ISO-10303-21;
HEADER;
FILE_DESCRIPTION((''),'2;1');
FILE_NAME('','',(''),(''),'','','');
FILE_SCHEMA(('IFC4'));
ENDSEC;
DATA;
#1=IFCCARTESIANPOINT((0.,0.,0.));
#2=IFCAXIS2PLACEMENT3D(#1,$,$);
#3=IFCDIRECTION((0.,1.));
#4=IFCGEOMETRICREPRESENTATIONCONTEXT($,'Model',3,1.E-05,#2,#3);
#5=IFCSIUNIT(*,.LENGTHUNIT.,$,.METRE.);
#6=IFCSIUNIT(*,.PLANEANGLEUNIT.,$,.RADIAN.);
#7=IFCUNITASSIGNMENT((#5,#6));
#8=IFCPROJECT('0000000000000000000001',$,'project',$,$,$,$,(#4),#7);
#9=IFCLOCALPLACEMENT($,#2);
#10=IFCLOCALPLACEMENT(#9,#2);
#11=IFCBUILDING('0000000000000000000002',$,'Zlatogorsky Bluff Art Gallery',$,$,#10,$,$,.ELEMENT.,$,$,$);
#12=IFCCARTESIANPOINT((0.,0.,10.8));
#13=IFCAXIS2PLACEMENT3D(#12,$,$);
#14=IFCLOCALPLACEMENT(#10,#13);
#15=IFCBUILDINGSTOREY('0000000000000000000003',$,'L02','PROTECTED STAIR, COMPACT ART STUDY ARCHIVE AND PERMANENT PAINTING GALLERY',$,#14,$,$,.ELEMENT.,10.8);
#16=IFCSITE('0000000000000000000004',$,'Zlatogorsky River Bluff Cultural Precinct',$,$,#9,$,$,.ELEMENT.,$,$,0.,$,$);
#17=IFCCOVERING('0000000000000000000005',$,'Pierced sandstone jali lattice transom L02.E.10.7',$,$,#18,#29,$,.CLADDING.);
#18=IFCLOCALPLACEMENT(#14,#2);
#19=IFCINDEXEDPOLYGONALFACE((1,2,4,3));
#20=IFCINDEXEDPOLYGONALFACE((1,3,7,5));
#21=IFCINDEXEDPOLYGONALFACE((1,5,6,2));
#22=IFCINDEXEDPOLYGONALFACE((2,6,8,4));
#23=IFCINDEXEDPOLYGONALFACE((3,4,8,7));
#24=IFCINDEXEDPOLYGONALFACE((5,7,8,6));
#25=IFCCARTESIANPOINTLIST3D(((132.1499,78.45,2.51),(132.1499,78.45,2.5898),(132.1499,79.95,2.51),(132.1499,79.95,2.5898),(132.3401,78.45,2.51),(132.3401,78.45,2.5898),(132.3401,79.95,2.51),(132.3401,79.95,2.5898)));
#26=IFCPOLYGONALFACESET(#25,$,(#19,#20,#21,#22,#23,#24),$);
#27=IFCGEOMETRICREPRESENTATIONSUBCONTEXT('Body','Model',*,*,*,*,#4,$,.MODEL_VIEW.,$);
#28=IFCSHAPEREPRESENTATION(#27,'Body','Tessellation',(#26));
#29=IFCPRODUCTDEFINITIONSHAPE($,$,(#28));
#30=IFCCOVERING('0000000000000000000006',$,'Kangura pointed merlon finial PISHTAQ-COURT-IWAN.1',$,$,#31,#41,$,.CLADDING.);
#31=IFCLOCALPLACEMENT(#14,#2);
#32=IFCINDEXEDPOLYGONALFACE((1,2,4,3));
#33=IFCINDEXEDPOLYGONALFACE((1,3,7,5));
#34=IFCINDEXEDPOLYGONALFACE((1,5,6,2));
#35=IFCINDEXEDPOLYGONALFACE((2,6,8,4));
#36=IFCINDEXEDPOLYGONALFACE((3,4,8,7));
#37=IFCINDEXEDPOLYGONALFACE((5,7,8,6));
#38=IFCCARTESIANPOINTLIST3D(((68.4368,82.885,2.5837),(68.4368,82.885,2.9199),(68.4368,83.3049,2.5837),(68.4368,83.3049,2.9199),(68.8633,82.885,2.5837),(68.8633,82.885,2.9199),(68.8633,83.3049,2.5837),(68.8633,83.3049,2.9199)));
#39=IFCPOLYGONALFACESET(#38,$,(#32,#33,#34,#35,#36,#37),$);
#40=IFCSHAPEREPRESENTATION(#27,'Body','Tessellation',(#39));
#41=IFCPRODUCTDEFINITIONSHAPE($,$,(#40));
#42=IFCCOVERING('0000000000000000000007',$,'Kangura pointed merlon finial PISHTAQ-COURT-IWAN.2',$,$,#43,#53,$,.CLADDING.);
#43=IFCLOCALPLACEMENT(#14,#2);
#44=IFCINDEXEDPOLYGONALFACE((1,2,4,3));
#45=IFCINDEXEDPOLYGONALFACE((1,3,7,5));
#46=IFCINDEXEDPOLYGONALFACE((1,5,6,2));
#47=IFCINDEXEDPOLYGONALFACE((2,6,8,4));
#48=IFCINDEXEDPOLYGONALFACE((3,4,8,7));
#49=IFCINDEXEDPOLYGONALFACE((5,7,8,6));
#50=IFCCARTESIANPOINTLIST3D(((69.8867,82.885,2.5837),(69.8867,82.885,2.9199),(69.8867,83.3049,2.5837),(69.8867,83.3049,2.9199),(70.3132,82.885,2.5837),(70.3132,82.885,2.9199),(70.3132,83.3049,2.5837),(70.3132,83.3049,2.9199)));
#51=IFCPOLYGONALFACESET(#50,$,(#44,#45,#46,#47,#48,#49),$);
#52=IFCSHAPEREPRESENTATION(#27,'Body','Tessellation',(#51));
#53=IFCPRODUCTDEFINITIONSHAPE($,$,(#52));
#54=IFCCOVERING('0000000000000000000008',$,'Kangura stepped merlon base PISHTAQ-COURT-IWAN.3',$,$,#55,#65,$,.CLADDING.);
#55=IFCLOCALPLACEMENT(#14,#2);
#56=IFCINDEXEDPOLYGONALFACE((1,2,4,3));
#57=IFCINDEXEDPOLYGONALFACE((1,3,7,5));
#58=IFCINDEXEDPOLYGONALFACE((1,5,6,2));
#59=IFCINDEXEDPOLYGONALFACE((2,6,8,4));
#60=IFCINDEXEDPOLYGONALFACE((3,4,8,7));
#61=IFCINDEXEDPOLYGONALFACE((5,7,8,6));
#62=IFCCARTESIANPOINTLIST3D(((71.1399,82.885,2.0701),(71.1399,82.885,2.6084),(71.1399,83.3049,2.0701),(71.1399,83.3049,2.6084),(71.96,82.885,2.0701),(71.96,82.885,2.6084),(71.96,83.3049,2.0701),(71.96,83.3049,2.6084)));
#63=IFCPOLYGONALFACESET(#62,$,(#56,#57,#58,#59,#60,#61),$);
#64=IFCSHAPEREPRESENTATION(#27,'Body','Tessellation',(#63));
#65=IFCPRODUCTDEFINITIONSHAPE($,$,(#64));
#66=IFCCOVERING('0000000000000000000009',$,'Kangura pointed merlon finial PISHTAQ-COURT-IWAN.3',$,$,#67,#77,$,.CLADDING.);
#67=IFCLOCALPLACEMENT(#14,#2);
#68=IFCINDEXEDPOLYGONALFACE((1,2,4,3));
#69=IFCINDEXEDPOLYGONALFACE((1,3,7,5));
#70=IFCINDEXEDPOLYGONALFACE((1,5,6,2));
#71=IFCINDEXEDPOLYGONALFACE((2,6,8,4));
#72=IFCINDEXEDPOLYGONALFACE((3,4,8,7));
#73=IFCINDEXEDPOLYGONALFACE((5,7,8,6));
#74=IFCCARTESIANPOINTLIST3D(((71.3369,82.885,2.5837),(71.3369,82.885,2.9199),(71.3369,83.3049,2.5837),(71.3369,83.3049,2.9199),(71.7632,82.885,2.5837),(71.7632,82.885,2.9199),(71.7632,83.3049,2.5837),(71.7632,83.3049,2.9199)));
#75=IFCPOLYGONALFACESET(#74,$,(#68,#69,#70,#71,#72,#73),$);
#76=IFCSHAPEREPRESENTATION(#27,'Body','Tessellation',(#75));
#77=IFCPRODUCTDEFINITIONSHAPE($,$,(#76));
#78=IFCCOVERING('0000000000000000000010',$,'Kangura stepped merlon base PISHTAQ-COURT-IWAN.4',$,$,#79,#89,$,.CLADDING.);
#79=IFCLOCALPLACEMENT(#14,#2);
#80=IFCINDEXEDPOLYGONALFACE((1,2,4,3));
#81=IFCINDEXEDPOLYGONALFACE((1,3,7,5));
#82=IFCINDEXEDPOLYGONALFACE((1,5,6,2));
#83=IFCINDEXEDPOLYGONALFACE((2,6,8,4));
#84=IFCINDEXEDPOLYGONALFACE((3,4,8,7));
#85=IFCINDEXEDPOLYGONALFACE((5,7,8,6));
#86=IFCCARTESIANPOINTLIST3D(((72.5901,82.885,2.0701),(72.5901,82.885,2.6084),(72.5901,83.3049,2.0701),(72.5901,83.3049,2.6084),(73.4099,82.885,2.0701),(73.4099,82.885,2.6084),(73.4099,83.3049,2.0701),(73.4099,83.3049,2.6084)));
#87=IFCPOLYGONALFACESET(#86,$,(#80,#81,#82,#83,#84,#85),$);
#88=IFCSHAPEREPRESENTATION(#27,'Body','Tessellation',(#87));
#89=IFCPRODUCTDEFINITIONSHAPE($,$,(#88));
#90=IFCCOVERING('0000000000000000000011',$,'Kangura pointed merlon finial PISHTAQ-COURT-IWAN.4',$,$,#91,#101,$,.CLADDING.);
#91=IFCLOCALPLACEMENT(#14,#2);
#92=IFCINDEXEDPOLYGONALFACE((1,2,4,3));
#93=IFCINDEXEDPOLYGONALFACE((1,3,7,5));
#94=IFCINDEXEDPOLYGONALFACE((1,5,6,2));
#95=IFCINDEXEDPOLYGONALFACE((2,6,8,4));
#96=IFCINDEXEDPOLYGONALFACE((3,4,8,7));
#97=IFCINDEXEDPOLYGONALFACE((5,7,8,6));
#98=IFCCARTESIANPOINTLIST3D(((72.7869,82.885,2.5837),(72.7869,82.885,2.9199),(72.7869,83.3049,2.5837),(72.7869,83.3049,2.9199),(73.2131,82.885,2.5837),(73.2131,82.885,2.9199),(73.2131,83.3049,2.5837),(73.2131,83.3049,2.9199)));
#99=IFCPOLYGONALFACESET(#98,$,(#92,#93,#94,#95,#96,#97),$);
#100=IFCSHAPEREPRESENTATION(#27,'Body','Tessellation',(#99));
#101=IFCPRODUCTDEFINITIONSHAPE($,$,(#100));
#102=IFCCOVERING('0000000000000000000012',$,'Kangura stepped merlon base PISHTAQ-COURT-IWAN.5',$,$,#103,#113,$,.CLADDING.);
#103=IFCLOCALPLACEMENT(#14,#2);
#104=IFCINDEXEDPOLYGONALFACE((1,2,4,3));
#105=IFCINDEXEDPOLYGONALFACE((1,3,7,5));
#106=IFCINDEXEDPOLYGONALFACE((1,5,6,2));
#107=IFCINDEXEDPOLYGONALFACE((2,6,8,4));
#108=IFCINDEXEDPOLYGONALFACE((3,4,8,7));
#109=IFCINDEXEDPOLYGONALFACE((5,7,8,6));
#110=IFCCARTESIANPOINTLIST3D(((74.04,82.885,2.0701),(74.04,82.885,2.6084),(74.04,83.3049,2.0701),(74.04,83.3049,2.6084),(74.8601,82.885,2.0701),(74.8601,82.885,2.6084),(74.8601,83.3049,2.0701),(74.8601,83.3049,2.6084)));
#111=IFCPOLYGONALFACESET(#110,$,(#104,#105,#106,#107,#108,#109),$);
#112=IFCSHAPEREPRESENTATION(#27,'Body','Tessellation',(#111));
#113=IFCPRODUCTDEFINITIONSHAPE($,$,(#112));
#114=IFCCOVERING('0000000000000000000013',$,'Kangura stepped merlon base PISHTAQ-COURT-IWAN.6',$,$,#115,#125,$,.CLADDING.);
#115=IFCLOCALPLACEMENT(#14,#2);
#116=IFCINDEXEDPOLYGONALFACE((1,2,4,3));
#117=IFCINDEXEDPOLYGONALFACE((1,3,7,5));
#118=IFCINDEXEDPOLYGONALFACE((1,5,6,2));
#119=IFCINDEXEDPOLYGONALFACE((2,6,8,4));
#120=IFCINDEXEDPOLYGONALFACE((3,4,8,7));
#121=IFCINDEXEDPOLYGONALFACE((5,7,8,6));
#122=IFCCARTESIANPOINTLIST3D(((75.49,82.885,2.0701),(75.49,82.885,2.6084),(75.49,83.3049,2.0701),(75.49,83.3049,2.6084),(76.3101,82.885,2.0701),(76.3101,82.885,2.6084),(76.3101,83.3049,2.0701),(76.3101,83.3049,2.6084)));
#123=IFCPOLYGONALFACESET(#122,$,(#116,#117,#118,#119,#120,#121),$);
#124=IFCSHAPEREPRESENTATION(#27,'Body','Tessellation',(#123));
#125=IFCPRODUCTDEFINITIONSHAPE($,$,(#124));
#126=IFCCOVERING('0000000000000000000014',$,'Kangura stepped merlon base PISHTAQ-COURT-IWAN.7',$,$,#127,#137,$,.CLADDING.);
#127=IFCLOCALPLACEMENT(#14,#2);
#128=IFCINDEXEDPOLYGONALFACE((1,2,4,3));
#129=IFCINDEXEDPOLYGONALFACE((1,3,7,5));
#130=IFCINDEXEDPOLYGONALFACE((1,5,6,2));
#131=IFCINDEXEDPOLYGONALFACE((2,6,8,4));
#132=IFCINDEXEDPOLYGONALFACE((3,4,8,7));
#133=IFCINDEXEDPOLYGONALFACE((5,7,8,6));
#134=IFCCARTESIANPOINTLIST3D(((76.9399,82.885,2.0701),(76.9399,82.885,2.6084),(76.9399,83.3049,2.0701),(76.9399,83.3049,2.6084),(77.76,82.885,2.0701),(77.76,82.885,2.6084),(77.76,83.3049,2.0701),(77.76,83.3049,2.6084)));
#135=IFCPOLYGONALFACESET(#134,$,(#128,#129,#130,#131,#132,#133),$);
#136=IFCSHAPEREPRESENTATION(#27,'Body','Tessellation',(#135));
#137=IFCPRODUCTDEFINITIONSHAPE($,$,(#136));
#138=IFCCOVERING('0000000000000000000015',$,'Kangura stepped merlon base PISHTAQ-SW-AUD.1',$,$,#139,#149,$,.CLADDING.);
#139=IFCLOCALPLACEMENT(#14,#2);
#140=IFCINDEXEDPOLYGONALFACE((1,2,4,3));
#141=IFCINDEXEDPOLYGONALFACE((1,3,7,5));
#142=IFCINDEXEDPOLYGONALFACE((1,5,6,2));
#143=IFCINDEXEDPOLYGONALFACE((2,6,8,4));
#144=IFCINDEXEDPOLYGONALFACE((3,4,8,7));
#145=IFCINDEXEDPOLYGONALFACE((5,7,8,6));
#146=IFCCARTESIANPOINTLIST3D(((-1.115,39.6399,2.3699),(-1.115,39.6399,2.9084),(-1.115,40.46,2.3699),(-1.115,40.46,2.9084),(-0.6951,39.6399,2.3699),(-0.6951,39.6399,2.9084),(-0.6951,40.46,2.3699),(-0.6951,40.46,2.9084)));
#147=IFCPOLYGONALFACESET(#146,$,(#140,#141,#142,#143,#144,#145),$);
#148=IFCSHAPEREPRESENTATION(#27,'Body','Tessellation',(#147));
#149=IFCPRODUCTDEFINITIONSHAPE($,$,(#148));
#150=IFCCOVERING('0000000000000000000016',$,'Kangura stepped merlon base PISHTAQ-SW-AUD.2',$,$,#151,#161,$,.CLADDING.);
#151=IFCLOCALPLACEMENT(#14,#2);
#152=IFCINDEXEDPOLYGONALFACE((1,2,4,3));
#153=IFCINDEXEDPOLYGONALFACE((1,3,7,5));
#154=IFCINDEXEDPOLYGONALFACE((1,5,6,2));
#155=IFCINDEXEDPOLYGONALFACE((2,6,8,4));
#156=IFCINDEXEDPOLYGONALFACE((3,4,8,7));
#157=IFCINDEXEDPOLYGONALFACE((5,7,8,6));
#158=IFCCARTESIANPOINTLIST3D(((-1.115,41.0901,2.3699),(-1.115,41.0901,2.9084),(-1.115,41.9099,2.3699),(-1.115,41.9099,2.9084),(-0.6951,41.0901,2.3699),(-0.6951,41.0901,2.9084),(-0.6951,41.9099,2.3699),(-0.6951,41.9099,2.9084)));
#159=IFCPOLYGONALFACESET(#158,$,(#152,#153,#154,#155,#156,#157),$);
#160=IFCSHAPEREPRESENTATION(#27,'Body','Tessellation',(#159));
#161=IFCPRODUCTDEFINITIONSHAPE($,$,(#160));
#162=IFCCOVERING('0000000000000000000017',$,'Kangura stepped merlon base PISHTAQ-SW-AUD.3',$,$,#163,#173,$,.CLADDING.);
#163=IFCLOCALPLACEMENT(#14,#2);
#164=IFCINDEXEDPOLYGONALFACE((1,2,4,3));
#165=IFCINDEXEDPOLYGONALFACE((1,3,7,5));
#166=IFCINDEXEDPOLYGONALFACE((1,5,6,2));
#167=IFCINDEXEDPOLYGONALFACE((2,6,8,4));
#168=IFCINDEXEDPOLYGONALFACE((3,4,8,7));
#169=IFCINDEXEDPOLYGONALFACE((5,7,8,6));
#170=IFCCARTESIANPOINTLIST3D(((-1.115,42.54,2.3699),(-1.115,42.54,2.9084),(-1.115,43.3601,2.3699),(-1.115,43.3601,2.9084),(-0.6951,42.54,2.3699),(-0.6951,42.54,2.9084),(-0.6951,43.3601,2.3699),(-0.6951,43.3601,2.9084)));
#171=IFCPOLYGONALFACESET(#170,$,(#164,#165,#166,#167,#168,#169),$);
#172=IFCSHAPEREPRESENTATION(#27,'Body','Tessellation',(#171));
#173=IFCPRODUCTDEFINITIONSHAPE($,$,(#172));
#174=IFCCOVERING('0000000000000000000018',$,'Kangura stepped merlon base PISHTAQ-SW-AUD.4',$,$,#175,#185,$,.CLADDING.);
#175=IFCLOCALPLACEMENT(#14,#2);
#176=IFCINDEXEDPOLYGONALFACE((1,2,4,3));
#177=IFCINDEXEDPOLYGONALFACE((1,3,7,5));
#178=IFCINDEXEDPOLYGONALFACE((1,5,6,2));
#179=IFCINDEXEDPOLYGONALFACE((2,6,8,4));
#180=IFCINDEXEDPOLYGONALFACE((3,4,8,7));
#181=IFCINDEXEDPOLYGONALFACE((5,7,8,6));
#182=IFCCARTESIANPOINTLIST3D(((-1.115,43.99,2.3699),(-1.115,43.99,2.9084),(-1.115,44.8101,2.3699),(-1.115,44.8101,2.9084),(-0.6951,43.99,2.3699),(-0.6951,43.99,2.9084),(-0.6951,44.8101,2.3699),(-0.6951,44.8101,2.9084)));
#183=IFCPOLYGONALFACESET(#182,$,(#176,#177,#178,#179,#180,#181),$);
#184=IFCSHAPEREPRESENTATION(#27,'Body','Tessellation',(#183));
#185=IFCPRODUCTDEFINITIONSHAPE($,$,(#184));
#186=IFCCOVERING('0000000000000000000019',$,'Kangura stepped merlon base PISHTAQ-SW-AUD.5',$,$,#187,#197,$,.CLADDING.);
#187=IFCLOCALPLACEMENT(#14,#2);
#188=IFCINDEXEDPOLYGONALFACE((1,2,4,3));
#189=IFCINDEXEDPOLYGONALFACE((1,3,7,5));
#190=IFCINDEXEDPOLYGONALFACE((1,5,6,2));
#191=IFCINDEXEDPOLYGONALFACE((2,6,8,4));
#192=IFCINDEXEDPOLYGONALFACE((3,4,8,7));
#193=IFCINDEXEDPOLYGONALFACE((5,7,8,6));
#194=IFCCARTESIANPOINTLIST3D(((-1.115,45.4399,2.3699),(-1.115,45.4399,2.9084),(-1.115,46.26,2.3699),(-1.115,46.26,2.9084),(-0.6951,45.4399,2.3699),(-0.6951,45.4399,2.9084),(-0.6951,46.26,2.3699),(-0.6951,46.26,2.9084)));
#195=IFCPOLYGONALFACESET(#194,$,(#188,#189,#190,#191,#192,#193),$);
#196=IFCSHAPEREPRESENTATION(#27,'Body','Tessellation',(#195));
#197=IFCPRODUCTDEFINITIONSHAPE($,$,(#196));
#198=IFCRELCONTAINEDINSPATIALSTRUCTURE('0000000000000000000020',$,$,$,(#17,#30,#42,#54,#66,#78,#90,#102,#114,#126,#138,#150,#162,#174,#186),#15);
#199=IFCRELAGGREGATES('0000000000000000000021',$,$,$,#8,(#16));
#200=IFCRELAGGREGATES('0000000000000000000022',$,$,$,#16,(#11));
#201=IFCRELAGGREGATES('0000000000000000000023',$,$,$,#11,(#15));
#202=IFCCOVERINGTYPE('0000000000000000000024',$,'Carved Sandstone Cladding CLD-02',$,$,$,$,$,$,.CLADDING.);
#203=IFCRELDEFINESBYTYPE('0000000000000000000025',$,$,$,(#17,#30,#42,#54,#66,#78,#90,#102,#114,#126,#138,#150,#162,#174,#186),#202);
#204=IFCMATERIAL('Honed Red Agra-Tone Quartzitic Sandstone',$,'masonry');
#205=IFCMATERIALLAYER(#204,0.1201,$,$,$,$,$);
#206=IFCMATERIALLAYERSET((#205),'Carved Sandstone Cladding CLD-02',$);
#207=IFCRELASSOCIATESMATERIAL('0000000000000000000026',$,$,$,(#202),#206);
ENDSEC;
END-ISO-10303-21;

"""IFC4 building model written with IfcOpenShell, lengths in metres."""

from ifc_helpers import new_model, si_unit, direction, frame, origin, place, context, subcontext, project, spatial, polyline, outline, extrude, material, layer, layer_set, type_object, element, save


model = new_model("IFC4")

# Units and contexts
model_context = context("Model", 3, precision=1e-05, world=origin(), true_north=direction((0.0, 1.0)))
body_context = subcontext(model_context, "Body", "Model", "MODEL_VIEW")
ifc_project = project(units=[si_unit("LENGTHUNIT", "METRE"), si_unit("PLANEANGLEUNIT", "RADIAN")], contexts=[model_context])

# Site, building, storey
site_placement = place(None, origin())
site = spatial("IfcSite", under=ifc_project, at=site_placement, Name="Zlatogorsky River Bluff Cultural Precinct", CompositionType="ELEMENT", RefElevation=0.0)
building_placement = place(site_placement, origin())
building = spatial("IfcBuilding", under=site, at=building_placement, Name="Zlatogorsky Bluff Art Gallery", CompositionType="ELEMENT")
storey_placement = place(building_placement, frame((0.0, 0.0, 10.8)))
storey = spatial("IfcBuildingStorey", under=building, at=storey_placement, Name="L02", Description="PROTECTED STAIR, COMPACT ART STUDY ARCHIVE AND PERMANENT PAINTING GALLERY", CompositionType="ELEMENT", Elevation=10.8)

# Coverings
ifc_material = material(Name="Honed Red Agra-Tone Quartzitic Sandstone", Category="masonry")
ifc_layer = layer(ifc_material, 0.1201)
ifc_layer_set = layer_set([ifc_layer], Name="Carved Sandstone Cladding CLD-02")
covering_type = type_object("IfcCoveringType", Name="Carved Sandstone Cladding CLD-02", PredefinedType="CLADDING", material=ifc_layer_set)
covering_1_placement = place(storey_placement, frame((0.0, 0.0, 2.51)))
element("IfcCovering", 1, at=covering_1_placement, inside=storey, type_object=covering_type, Name="Pierced sandstone jali lattice transom L02.E.10.7", PredefinedType="CLADDING", context=body_context, shape_type="SweptSolid", body=[
    extrude(outline(polyline([(132.1499, 78.45), (132.1499, 79.95), (132.3401, 79.95), (132.3401, 78.45), (132.1499, 78.45)])), origin(), (0.0, 0.0, 1.0), 0.0798),
])
covering_2_placement = place(storey_placement, frame((0.0, 0.0, 2.5837)))
element("IfcCovering", 2, at=covering_2_placement, inside=storey, type_object=covering_type, Name="Kangura pointed merlon finial PISHTAQ-COURT-IWAN.1", PredefinedType="CLADDING", context=body_context, shape_type="SweptSolid", body=[
    extrude(outline(polyline([(68.4368, 82.885), (68.8633, 82.885), (68.8633, 83.3049), (68.4368, 83.3049), (68.4368, 82.885)])), origin(), (0.0, 0.0, 1.0), 0.3362),
])
covering_3_placement = place(storey_placement, frame((0.0, 0.0, 2.5837)))
element("IfcCovering", 3, at=covering_3_placement, inside=storey, type_object=covering_type, Name="Kangura pointed merlon finial PISHTAQ-COURT-IWAN.2", PredefinedType="CLADDING", context=body_context, shape_type="SweptSolid", body=[
    extrude(outline(polyline([(69.8867, 82.885), (70.3132, 82.885), (70.3132, 83.3049), (69.8867, 83.3049), (69.8867, 82.885)])), origin(), (0.0, 0.0, 1.0), 0.3362),
])
covering_4_placement = place(storey_placement, frame((0.0, 0.0, 2.0701)))
element("IfcCovering", 4, at=covering_4_placement, inside=storey, type_object=covering_type, Name="Kangura stepped merlon base PISHTAQ-COURT-IWAN.3", PredefinedType="CLADDING", context=body_context, shape_type="SweptSolid", body=[
    extrude(outline(polyline([(71.1399, 82.885), (71.96, 82.885), (71.96, 83.3049), (71.1399, 83.3049), (71.1399, 82.885)])), origin(), (0.0, 0.0, 1.0), 0.5383),
])
covering_5_placement = place(storey_placement, frame((0.0, 0.0, 2.5837)))
element("IfcCovering", 5, at=covering_5_placement, inside=storey, type_object=covering_type, Name="Kangura pointed merlon finial PISHTAQ-COURT-IWAN.3", PredefinedType="CLADDING", context=body_context, shape_type="SweptSolid", body=[
    extrude(outline(polyline([(71.3369, 82.885), (71.7632, 82.885), (71.7632, 83.3049), (71.3369, 83.3049), (71.3369, 82.885)])), origin(), (0.0, 0.0, 1.0), 0.3362),
])
covering_6_placement = place(storey_placement, frame((0.0, 0.0, 2.0701)))
element("IfcCovering", 6, at=covering_6_placement, inside=storey, type_object=covering_type, Name="Kangura stepped merlon base PISHTAQ-COURT-IWAN.4", PredefinedType="CLADDING", context=body_context, shape_type="SweptSolid", body=[
    extrude(outline(polyline([(72.5901, 82.885), (73.4099, 82.885), (73.4099, 83.3049), (72.5901, 83.3049), (72.5901, 82.885)])), origin(), (0.0, 0.0, 1.0), 0.5383),
])
covering_7_placement = place(storey_placement, frame((0.0, 0.0, 2.5837)))
element("IfcCovering", 7, at=covering_7_placement, inside=storey, type_object=covering_type, Name="Kangura pointed merlon finial PISHTAQ-COURT-IWAN.4", PredefinedType="CLADDING", context=body_context, shape_type="SweptSolid", body=[
    extrude(outline(polyline([(72.7869, 82.885), (73.2131, 82.885), (73.2131, 83.3049), (72.7869, 83.3049), (72.7869, 82.885)])), origin(), (0.0, 0.0, 1.0), 0.3362),
])
covering_8_placement = place(storey_placement, frame((0.0, 0.0, 2.0701)))
element("IfcCovering", 8, at=covering_8_placement, inside=storey, type_object=covering_type, Name="Kangura stepped merlon base PISHTAQ-COURT-IWAN.5", PredefinedType="CLADDING", context=body_context, shape_type="SweptSolid", body=[
    extrude(outline(polyline([(74.04, 82.885), (74.8601, 82.885), (74.8601, 83.3049), (74.04, 83.3049), (74.04, 82.885)])), origin(), (0.0, 0.0, 1.0), 0.5383),
])
covering_9_placement = place(storey_placement, frame((0.0, 0.0, 2.0701)))
element("IfcCovering", 9, at=covering_9_placement, inside=storey, type_object=covering_type, Name="Kangura stepped merlon base PISHTAQ-COURT-IWAN.6", PredefinedType="CLADDING", context=body_context, shape_type="SweptSolid", body=[
    extrude(outline(polyline([(75.49, 82.885), (76.3101, 82.885), (76.3101, 83.3049), (75.49, 83.3049), (75.49, 82.885)])), origin(), (0.0, 0.0, 1.0), 0.5383),
])
covering_10_placement = place(storey_placement, frame((0.0, 0.0, 2.0701)))
element("IfcCovering", 10, at=covering_10_placement, inside=storey, type_object=covering_type, Name="Kangura stepped merlon base PISHTAQ-COURT-IWAN.7", PredefinedType="CLADDING", context=body_context, shape_type="SweptSolid", body=[
    extrude(outline(polyline([(76.9399, 82.885), (77.76, 82.885), (77.76, 83.3049), (76.9399, 83.3049), (76.9399, 82.885)])), origin(), (0.0, 0.0, 1.0), 0.5383),
])
covering_11_placement = place(storey_placement, frame((0.0, 0.0, 2.3699)))
element("IfcCovering", 11, at=covering_11_placement, inside=storey, type_object=covering_type, Name="Kangura stepped merlon base PISHTAQ-SW-AUD.1", PredefinedType="CLADDING", context=body_context, shape_type="SweptSolid", body=[
    extrude(outline(polyline([(-1.115, 39.6399), (-1.115, 40.46), (-0.6951, 40.46), (-0.6951, 39.6399), (-1.115, 39.6399)])), origin(), (0.0, 0.0, 1.0), 0.5386),
])
covering_12_placement = place(storey_placement, frame((0.0, 0.0, 2.3699)))
element("IfcCovering", 12, at=covering_12_placement, inside=storey, type_object=covering_type, Name="Kangura stepped merlon base PISHTAQ-SW-AUD.2", PredefinedType="CLADDING", context=body_context, shape_type="SweptSolid", body=[
    extrude(outline(polyline([(-1.115, 41.0901), (-1.115, 41.9099), (-0.6951, 41.9099), (-0.6951, 41.0901), (-1.115, 41.0901)])), origin(), (0.0, 0.0, 1.0), 0.5386),
])
covering_13_placement = place(storey_placement, frame((0.0, 0.0, 2.3699)))
element("IfcCovering", 13, at=covering_13_placement, inside=storey, type_object=covering_type, Name="Kangura stepped merlon base PISHTAQ-SW-AUD.3", PredefinedType="CLADDING", context=body_context, shape_type="SweptSolid", body=[
    extrude(outline(polyline([(-1.115, 42.54), (-1.115, 43.3601), (-0.6951, 43.3601), (-0.6951, 42.54), (-1.115, 42.54)])), origin(), (0.0, 0.0, 1.0), 0.5386),
])
covering_14_placement = place(storey_placement, frame((0.0, 0.0, 2.3699)))
element("IfcCovering", 14, at=covering_14_placement, inside=storey, type_object=covering_type, Name="Kangura stepped merlon base PISHTAQ-SW-AUD.4", PredefinedType="CLADDING", context=body_context, shape_type="SweptSolid", body=[
    extrude(outline(polyline([(-1.115, 43.99), (-1.115, 44.8101), (-0.6951, 44.8101), (-0.6951, 43.99), (-1.115, 43.99)])), origin(), (0.0, 0.0, 1.0), 0.5386),
])
covering_15_placement = place(storey_placement, frame((0.0, 0.0, 2.3699)))
element("IfcCovering", 15, at=covering_15_placement, inside=storey, type_object=covering_type, Name="Kangura stepped merlon base PISHTAQ-SW-AUD.5", PredefinedType="CLADDING", context=body_context, shape_type="SweptSolid", body=[
    extrude(outline(polyline([(-1.115, 45.4399), (-1.115, 46.26), (-0.6951, 46.26), (-0.6951, 45.4399), (-1.115, 45.4399)])), origin(), (0.0, 0.0, 1.0), 0.5386),
])

save(model, "model.ifc")
